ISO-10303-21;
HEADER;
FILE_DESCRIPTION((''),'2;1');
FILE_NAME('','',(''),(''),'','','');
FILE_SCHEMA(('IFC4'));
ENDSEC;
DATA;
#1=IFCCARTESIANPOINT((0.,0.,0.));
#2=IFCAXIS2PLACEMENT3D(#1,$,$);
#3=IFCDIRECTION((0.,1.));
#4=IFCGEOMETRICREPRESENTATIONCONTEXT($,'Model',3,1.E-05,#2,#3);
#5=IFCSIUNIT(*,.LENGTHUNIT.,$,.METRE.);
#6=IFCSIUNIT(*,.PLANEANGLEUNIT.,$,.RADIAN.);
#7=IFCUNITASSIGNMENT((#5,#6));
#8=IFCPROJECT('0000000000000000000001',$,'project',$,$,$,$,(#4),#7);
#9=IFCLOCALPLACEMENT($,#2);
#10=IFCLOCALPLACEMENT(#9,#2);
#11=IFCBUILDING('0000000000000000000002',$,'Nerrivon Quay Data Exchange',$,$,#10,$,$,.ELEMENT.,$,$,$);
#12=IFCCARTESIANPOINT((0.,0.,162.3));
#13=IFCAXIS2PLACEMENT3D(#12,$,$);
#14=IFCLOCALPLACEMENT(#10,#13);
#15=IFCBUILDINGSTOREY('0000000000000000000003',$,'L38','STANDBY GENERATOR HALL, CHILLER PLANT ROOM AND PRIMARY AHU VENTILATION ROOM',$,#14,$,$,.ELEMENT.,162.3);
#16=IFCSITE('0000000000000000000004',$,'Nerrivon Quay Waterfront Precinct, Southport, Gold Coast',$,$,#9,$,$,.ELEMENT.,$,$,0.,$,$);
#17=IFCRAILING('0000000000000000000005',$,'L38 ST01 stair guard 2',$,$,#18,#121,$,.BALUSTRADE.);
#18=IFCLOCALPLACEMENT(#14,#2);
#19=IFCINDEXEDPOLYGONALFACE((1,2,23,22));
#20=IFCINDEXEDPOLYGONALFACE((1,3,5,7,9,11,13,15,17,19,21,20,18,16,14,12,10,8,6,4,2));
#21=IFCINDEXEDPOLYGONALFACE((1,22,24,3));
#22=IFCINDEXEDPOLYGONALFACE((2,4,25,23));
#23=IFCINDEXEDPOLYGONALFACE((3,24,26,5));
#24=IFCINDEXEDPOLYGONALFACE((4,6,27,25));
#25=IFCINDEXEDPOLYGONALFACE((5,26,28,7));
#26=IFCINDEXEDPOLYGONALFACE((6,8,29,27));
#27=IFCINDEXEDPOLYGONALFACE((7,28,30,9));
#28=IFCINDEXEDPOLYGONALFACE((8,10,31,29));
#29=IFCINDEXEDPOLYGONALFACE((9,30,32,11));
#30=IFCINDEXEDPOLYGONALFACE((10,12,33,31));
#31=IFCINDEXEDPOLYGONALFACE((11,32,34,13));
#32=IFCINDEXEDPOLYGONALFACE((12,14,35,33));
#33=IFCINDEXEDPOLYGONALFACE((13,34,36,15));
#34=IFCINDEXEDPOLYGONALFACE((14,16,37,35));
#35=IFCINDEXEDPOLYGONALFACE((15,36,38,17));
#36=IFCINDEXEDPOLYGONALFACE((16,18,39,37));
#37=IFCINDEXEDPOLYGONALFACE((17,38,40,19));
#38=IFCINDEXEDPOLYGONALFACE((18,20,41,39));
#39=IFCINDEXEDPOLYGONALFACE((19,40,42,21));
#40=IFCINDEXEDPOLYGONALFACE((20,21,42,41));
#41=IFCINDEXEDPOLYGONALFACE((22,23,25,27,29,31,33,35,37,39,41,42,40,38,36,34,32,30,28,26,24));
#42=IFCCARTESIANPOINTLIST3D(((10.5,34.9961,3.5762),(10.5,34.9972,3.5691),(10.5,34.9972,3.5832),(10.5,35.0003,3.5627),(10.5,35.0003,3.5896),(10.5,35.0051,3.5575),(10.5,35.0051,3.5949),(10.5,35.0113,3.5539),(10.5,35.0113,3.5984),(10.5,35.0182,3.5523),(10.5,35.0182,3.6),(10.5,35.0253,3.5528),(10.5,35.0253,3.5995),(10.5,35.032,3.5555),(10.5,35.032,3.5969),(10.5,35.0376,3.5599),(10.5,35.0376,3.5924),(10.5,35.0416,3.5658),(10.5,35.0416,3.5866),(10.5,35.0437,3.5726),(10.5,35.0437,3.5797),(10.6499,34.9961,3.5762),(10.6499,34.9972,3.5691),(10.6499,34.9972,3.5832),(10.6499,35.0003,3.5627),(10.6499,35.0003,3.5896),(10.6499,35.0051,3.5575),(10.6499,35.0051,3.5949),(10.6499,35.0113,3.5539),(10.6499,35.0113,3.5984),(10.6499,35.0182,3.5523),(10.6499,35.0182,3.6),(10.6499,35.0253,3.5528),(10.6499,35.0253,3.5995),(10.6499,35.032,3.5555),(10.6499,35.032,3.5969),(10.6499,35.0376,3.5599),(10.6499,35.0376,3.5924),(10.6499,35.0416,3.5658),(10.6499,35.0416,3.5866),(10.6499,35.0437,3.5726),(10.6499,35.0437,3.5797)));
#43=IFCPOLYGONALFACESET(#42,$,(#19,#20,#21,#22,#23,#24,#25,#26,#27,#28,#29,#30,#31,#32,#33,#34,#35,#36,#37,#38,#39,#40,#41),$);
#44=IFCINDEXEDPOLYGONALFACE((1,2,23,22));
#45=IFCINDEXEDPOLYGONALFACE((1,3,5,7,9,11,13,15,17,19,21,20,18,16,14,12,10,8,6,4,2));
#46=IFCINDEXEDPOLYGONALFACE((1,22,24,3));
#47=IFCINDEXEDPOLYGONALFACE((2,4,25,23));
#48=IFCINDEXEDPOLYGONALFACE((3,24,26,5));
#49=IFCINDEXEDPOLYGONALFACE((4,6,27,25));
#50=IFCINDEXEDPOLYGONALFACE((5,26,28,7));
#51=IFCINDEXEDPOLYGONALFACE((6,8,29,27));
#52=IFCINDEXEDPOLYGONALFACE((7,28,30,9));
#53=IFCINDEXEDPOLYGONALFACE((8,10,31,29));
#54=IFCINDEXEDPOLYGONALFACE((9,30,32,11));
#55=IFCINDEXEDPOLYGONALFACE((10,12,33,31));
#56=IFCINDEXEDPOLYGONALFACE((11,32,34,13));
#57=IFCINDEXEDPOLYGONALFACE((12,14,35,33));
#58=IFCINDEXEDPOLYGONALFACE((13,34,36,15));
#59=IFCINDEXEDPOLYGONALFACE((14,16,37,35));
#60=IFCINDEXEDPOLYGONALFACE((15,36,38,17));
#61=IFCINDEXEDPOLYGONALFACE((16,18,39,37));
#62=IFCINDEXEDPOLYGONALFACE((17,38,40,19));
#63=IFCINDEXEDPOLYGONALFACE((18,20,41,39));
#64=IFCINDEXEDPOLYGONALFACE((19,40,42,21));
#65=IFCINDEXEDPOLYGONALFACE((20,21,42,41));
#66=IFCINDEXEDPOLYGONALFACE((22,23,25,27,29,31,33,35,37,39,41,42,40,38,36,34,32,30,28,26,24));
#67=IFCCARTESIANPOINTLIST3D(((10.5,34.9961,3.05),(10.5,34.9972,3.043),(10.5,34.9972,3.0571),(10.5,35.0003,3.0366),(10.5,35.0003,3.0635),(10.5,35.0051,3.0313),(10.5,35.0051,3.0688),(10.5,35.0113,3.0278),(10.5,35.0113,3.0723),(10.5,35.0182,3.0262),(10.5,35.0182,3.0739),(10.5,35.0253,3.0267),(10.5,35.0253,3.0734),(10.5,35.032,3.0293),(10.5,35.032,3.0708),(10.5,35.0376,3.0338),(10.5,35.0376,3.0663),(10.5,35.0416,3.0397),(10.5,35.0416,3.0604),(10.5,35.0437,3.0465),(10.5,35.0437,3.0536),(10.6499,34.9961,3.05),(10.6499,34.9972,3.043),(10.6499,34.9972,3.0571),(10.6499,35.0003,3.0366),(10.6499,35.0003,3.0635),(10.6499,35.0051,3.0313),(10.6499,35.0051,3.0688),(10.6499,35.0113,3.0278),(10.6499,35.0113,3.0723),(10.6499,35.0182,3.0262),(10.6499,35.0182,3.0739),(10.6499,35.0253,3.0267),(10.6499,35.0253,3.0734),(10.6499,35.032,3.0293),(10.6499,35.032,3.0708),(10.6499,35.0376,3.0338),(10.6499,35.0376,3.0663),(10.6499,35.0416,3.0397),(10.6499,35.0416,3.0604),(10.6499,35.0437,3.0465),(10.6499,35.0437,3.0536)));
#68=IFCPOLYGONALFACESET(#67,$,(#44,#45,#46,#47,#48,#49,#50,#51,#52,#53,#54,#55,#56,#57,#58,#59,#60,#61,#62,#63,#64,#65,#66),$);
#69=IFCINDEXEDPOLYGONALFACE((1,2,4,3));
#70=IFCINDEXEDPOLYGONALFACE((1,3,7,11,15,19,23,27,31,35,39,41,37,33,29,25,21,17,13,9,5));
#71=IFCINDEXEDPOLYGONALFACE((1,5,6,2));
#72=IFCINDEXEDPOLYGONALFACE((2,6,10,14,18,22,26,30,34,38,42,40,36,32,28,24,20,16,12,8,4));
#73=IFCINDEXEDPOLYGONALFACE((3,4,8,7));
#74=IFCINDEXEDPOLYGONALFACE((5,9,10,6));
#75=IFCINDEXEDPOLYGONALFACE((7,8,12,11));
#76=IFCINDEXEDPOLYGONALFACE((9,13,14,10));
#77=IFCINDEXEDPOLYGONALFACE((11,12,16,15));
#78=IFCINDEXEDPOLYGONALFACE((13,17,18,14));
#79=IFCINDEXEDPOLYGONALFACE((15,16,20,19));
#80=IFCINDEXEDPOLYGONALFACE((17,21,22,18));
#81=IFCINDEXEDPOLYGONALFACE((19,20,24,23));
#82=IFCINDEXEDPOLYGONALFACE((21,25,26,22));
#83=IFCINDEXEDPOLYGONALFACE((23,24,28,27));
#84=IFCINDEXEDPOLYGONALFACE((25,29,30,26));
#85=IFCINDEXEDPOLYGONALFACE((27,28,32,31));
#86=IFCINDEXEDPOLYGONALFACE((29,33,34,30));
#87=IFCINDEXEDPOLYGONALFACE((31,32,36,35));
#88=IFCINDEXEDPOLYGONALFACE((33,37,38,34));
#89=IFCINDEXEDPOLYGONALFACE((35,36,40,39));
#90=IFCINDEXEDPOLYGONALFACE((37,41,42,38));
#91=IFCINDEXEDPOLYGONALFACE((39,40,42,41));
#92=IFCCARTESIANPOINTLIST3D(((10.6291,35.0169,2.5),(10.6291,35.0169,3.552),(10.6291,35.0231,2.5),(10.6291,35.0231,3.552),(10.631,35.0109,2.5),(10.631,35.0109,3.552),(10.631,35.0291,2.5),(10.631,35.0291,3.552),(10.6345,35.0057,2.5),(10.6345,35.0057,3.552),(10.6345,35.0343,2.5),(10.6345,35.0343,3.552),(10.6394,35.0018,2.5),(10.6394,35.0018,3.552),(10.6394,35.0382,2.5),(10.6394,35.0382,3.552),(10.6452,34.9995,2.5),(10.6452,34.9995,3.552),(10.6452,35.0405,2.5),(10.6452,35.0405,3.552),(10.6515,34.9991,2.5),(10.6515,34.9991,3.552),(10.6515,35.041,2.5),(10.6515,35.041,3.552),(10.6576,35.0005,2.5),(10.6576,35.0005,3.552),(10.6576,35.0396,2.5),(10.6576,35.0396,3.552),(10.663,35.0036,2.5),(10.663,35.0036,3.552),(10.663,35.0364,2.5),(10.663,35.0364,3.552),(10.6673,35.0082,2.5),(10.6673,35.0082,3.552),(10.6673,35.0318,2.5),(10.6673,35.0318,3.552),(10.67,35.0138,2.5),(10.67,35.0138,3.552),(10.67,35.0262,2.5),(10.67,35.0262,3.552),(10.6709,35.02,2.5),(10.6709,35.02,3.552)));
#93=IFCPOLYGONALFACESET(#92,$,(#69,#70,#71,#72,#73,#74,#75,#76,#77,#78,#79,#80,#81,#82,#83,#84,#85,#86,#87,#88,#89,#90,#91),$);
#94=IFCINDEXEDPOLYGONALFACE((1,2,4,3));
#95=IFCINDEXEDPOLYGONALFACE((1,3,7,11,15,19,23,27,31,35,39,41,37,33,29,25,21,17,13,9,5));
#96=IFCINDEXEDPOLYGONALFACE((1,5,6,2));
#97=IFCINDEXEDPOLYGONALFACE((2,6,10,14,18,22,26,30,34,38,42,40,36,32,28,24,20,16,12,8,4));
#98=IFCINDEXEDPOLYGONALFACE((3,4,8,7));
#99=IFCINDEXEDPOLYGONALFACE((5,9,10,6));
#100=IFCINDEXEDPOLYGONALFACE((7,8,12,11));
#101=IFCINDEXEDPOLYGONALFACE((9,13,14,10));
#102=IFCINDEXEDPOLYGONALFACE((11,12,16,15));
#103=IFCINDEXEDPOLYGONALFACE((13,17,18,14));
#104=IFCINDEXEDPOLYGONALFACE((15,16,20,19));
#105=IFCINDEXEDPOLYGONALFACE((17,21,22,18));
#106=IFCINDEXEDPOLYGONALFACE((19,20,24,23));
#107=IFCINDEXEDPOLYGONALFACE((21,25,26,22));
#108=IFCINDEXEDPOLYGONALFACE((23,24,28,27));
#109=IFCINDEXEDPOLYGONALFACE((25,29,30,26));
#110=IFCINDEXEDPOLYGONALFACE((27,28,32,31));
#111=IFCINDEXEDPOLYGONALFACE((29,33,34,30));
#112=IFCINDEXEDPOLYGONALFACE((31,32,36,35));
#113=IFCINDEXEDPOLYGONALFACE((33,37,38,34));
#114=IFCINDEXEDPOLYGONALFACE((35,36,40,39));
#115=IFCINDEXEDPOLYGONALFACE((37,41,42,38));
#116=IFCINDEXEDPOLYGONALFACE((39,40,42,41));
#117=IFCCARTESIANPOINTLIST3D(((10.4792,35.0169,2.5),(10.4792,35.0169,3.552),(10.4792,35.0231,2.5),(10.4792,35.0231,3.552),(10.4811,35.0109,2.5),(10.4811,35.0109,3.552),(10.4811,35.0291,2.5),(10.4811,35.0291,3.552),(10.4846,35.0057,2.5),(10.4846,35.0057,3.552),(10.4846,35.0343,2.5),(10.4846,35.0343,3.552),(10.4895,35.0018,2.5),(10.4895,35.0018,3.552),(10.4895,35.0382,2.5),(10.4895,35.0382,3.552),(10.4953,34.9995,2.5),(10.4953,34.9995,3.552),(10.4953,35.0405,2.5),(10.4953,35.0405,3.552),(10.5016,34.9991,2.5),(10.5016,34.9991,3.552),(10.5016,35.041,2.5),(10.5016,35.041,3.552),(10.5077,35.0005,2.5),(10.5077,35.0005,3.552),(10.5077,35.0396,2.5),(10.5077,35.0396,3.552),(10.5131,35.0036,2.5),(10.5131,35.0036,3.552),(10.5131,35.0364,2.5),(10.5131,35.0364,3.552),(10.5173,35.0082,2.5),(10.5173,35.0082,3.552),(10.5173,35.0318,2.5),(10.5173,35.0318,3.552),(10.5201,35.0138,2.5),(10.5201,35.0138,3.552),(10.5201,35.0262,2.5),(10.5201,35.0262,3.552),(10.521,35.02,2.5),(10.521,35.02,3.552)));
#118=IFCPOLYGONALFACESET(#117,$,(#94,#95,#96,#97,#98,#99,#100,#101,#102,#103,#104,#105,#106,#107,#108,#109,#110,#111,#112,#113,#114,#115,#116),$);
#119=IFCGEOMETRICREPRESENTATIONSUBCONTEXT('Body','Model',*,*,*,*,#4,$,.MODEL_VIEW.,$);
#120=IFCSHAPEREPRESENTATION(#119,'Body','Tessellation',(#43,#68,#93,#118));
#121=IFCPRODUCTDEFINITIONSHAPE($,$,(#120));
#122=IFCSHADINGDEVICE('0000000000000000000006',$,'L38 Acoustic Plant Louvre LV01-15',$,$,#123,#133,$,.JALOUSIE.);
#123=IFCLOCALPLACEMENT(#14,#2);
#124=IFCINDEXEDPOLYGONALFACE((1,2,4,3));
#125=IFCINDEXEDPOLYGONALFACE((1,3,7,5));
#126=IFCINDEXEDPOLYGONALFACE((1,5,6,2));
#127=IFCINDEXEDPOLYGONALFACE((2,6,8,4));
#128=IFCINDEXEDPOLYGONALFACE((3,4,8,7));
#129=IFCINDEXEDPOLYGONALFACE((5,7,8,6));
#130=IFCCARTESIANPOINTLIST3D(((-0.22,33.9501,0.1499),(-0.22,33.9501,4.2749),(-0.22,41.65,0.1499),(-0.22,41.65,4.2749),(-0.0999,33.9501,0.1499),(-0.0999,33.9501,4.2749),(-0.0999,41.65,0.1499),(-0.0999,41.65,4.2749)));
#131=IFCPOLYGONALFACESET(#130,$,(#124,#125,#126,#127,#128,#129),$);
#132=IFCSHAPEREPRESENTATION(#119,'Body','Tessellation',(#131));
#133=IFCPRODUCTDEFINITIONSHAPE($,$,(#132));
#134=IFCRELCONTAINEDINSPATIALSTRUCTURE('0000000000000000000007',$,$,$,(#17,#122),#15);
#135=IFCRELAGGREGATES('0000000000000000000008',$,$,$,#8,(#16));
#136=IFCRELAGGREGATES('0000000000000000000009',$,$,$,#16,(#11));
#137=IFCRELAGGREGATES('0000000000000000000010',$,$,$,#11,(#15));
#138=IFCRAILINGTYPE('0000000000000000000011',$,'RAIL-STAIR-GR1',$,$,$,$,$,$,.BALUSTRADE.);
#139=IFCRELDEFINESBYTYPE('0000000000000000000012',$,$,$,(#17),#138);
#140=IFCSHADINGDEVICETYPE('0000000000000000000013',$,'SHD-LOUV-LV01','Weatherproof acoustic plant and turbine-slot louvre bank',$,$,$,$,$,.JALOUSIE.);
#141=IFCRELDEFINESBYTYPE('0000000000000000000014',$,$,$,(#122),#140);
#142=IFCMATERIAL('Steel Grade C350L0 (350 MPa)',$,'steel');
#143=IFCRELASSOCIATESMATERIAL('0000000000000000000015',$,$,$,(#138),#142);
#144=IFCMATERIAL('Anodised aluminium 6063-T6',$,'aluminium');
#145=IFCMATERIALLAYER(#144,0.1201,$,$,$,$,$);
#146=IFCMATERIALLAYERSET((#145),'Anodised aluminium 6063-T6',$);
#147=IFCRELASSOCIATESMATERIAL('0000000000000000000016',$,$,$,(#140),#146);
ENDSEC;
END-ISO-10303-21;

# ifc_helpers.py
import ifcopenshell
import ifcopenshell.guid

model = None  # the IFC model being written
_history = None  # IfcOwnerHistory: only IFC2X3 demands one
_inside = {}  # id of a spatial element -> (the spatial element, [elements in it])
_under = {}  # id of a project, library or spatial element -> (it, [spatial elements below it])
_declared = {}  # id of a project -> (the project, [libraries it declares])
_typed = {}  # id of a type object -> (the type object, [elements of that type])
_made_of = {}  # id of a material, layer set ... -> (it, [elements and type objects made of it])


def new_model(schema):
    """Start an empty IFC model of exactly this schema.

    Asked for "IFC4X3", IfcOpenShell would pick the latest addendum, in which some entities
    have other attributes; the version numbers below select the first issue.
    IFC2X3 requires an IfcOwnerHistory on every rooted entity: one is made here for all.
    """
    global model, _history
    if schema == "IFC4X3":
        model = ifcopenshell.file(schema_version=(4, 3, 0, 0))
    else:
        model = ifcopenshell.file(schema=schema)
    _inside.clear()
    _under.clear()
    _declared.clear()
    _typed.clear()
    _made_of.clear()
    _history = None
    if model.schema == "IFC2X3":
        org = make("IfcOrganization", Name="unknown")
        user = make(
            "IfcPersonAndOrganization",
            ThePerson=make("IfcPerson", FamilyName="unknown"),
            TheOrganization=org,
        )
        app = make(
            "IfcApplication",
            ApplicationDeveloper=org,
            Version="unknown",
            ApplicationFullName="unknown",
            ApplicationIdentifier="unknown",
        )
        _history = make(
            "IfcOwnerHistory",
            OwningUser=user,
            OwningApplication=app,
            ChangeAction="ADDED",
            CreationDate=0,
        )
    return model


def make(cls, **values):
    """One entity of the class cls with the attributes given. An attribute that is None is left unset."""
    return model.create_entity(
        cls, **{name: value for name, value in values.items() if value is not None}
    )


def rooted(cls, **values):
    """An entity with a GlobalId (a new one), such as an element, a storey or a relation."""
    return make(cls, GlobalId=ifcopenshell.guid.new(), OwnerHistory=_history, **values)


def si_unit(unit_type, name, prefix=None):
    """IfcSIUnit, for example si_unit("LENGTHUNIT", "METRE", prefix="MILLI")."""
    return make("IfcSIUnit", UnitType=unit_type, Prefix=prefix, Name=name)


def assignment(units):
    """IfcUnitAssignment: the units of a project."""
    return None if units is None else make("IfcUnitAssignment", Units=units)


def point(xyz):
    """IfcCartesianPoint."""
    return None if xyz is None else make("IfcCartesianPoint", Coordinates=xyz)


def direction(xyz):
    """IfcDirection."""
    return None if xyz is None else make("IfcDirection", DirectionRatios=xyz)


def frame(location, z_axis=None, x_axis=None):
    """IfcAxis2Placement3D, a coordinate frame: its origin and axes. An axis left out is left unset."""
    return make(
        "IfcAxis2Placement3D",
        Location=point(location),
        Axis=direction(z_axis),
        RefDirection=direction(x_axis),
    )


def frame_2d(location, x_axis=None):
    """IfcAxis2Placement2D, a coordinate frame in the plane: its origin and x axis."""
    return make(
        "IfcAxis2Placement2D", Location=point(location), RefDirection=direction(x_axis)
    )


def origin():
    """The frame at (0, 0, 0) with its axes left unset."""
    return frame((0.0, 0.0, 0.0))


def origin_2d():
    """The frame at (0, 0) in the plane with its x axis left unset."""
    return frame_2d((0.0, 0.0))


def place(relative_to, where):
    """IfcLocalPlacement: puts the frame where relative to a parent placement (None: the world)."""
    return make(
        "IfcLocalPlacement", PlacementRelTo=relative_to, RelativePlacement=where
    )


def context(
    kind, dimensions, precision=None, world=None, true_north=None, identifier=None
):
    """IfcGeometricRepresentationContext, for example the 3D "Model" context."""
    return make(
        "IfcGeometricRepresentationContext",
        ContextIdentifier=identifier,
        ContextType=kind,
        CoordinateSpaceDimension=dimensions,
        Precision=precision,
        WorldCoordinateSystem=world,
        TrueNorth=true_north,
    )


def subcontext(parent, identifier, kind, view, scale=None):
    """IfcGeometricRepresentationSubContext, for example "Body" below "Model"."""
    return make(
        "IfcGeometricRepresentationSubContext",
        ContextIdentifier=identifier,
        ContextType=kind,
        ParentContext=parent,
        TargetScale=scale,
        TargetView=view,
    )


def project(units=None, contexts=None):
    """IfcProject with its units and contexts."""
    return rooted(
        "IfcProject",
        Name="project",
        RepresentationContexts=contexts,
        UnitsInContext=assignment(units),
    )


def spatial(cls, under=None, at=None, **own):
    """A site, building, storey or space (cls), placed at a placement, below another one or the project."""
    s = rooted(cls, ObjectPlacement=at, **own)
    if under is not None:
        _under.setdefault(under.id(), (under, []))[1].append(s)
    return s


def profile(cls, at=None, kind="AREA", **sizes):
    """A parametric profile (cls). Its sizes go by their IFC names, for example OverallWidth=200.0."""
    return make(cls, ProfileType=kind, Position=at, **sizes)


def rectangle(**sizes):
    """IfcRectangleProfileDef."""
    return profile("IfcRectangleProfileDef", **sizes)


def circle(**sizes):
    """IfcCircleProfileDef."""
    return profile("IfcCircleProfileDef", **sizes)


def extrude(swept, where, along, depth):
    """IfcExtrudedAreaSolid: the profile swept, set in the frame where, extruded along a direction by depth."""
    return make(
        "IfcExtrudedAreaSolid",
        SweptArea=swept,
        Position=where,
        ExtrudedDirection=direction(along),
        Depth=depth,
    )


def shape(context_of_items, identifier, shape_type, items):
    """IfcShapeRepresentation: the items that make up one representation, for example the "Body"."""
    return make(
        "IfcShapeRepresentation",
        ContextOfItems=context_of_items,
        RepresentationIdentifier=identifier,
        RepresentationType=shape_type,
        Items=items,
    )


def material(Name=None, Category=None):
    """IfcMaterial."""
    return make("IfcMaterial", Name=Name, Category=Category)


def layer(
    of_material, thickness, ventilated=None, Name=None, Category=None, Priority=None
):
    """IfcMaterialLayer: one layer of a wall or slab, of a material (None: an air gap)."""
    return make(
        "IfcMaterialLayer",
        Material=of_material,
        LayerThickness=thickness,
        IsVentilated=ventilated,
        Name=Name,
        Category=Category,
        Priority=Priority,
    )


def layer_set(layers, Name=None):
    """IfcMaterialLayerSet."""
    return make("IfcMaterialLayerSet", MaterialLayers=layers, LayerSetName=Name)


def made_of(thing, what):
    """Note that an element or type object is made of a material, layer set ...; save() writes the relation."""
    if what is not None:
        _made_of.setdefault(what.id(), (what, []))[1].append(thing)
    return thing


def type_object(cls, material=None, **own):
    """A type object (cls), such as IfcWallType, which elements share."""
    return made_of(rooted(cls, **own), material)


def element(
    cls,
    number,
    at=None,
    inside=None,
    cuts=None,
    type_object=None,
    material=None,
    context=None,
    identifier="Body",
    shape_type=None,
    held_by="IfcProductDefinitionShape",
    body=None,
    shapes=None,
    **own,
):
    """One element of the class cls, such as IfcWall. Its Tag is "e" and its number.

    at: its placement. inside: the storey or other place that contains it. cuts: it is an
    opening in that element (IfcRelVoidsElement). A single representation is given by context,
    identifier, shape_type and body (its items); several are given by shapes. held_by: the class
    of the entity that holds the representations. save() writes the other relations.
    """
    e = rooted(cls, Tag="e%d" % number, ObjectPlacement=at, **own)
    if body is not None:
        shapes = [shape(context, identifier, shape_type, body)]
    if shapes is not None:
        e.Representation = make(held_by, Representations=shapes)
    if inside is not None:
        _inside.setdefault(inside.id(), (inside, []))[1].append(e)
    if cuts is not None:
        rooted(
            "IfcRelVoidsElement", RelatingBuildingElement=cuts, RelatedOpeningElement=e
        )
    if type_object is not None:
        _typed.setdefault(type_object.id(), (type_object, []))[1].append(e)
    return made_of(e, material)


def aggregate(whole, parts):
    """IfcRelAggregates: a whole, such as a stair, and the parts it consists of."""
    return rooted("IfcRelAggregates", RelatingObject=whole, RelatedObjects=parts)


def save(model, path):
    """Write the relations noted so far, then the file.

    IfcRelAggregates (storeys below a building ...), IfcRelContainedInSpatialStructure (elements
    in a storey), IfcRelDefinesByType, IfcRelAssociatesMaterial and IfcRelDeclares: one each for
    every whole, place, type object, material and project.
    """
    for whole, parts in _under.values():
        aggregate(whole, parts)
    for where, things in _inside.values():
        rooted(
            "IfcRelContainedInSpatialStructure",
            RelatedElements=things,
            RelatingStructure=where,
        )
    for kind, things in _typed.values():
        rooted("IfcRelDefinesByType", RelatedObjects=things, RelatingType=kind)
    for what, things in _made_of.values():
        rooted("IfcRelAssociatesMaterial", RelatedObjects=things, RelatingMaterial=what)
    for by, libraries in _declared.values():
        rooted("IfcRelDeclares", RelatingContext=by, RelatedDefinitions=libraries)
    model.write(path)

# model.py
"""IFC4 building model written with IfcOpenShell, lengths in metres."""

from ifc_helpers import new_model, si_unit, direction, frame, origin, origin_2d, place, context, subcontext, project, spatial, rectangle, circle, extrude, material, layer, layer_set, type_object, element, save


model = new_model("IFC4")

# Units and contexts
model_context = context("Model", 3, precision=1e-05, world=origin(), true_north=direction((0.0, 1.0)))
body_context = subcontext(model_context, "Body", "Model", "MODEL_VIEW")
ifc_project = project(units=[si_unit("LENGTHUNIT", "METRE"), si_unit("PLANEANGLEUNIT", "RADIAN")], contexts=[model_context])

# Site, building, storey
site_placement = place(None, origin())
site = spatial("IfcSite", under=ifc_project, at=site_placement, Name="Nerrivon Quay Waterfront Precinct, Southport, Gold Coast", CompositionType="ELEMENT", RefElevation=0.0)
building_placement = place(site_placement, origin())
building = spatial("IfcBuilding", under=site, at=building_placement, Name="Nerrivon Quay Data Exchange", CompositionType="ELEMENT")
storey_placement = place(building_placement, frame((0.0, 0.0, 162.3)))
storey = spatial("IfcBuildingStorey", under=building, at=storey_placement, Name="L38", Description="STANDBY GENERATOR HALL, CHILLER PLANT ROOM AND PRIMARY AHU VENTILATION ROOM", CompositionType="ELEMENT", Elevation=162.3)

# Shared definitions
ifc_material_1 = material(Name="Steel Grade C350L0 (350 MPa)", Category="steel")

# Railing
railing_type_1 = type_object("IfcRailingType", Name="RAIL-STAIR-GR1", PredefinedType="BALUSTRADE", material=ifc_material_1)
railing_1_placement = place(storey_placement, frame((10.6499, 35.02, 2.5)))
element("IfcRailing", 1, at=railing_1_placement, inside=storey, type_object=railing_type_1, Name="L38 ST01 stair guard 2", PredefinedType="BALUSTRADE", context=body_context, shape_type="SweptSolid", body=[
    extrude(circle(Radius=0.0239, at=origin_2d()), frame((0.0, 0.0, 1.0762), z_axis=(-1.0, 0.0, 0.0), x_axis=(0.0, -1.0, 0.0)), (0.0, 0.0, 1.0), 0.1499),
    extrude(circle(Radius=0.0239, at=origin_2d()), frame((0.0, 0.0, 0.55), z_axis=(-1.0, 0.0, 0.0), x_axis=(0.0, -1.0, 0.0)), (0.0, 0.0, 1.0), 0.1499),
    extrude(circle(Radius=0.021, at=origin_2d()), origin(), (0.0, 0.0, 1.0), 1.052),
    extrude(circle(Radius=0.021, at=origin_2d()), frame((-0.1499, 0.0, 0.0)), (0.0, 0.0, 1.0), 1.052),
])

# Shading device
ifc_material_2 = material(Name="Anodised aluminium 6063-T6", Category="aluminium")
ifc_layer_1 = layer(ifc_material_2, 0.1201)
ifc_layer_set_1 = layer_set([ifc_layer_1], Name="Anodised aluminium 6063-T6")
shading_device_type = type_object("IfcShadingDeviceType", Name="SHD-LOUV-LV01", Description="Weatherproof acoustic plant and turbine-slot louvre bank", PredefinedType="JALOUSIE", material=ifc_layer_set_1)
shading_device_placement = place(storey_placement, frame((-0.1599, 37.8, 0.1499), z_axis=(0.0, 0.0, 1.0), x_axis=(0.0, 1.0, 0.0)))
element("IfcShadingDevice", 2, at=shading_device_placement, inside=storey, type_object=shading_device_type, Name="L38 Acoustic Plant Louvre LV01-15", PredefinedType="JALOUSIE", context=body_context, shape_type="SweptSolid", body=[
    extrude(rectangle(XDim=7.7, YDim=0.1201, at=origin_2d()), origin(), (0.0, 0.0, 1.0), 4.125),
])

save(model, "model.ifc")
